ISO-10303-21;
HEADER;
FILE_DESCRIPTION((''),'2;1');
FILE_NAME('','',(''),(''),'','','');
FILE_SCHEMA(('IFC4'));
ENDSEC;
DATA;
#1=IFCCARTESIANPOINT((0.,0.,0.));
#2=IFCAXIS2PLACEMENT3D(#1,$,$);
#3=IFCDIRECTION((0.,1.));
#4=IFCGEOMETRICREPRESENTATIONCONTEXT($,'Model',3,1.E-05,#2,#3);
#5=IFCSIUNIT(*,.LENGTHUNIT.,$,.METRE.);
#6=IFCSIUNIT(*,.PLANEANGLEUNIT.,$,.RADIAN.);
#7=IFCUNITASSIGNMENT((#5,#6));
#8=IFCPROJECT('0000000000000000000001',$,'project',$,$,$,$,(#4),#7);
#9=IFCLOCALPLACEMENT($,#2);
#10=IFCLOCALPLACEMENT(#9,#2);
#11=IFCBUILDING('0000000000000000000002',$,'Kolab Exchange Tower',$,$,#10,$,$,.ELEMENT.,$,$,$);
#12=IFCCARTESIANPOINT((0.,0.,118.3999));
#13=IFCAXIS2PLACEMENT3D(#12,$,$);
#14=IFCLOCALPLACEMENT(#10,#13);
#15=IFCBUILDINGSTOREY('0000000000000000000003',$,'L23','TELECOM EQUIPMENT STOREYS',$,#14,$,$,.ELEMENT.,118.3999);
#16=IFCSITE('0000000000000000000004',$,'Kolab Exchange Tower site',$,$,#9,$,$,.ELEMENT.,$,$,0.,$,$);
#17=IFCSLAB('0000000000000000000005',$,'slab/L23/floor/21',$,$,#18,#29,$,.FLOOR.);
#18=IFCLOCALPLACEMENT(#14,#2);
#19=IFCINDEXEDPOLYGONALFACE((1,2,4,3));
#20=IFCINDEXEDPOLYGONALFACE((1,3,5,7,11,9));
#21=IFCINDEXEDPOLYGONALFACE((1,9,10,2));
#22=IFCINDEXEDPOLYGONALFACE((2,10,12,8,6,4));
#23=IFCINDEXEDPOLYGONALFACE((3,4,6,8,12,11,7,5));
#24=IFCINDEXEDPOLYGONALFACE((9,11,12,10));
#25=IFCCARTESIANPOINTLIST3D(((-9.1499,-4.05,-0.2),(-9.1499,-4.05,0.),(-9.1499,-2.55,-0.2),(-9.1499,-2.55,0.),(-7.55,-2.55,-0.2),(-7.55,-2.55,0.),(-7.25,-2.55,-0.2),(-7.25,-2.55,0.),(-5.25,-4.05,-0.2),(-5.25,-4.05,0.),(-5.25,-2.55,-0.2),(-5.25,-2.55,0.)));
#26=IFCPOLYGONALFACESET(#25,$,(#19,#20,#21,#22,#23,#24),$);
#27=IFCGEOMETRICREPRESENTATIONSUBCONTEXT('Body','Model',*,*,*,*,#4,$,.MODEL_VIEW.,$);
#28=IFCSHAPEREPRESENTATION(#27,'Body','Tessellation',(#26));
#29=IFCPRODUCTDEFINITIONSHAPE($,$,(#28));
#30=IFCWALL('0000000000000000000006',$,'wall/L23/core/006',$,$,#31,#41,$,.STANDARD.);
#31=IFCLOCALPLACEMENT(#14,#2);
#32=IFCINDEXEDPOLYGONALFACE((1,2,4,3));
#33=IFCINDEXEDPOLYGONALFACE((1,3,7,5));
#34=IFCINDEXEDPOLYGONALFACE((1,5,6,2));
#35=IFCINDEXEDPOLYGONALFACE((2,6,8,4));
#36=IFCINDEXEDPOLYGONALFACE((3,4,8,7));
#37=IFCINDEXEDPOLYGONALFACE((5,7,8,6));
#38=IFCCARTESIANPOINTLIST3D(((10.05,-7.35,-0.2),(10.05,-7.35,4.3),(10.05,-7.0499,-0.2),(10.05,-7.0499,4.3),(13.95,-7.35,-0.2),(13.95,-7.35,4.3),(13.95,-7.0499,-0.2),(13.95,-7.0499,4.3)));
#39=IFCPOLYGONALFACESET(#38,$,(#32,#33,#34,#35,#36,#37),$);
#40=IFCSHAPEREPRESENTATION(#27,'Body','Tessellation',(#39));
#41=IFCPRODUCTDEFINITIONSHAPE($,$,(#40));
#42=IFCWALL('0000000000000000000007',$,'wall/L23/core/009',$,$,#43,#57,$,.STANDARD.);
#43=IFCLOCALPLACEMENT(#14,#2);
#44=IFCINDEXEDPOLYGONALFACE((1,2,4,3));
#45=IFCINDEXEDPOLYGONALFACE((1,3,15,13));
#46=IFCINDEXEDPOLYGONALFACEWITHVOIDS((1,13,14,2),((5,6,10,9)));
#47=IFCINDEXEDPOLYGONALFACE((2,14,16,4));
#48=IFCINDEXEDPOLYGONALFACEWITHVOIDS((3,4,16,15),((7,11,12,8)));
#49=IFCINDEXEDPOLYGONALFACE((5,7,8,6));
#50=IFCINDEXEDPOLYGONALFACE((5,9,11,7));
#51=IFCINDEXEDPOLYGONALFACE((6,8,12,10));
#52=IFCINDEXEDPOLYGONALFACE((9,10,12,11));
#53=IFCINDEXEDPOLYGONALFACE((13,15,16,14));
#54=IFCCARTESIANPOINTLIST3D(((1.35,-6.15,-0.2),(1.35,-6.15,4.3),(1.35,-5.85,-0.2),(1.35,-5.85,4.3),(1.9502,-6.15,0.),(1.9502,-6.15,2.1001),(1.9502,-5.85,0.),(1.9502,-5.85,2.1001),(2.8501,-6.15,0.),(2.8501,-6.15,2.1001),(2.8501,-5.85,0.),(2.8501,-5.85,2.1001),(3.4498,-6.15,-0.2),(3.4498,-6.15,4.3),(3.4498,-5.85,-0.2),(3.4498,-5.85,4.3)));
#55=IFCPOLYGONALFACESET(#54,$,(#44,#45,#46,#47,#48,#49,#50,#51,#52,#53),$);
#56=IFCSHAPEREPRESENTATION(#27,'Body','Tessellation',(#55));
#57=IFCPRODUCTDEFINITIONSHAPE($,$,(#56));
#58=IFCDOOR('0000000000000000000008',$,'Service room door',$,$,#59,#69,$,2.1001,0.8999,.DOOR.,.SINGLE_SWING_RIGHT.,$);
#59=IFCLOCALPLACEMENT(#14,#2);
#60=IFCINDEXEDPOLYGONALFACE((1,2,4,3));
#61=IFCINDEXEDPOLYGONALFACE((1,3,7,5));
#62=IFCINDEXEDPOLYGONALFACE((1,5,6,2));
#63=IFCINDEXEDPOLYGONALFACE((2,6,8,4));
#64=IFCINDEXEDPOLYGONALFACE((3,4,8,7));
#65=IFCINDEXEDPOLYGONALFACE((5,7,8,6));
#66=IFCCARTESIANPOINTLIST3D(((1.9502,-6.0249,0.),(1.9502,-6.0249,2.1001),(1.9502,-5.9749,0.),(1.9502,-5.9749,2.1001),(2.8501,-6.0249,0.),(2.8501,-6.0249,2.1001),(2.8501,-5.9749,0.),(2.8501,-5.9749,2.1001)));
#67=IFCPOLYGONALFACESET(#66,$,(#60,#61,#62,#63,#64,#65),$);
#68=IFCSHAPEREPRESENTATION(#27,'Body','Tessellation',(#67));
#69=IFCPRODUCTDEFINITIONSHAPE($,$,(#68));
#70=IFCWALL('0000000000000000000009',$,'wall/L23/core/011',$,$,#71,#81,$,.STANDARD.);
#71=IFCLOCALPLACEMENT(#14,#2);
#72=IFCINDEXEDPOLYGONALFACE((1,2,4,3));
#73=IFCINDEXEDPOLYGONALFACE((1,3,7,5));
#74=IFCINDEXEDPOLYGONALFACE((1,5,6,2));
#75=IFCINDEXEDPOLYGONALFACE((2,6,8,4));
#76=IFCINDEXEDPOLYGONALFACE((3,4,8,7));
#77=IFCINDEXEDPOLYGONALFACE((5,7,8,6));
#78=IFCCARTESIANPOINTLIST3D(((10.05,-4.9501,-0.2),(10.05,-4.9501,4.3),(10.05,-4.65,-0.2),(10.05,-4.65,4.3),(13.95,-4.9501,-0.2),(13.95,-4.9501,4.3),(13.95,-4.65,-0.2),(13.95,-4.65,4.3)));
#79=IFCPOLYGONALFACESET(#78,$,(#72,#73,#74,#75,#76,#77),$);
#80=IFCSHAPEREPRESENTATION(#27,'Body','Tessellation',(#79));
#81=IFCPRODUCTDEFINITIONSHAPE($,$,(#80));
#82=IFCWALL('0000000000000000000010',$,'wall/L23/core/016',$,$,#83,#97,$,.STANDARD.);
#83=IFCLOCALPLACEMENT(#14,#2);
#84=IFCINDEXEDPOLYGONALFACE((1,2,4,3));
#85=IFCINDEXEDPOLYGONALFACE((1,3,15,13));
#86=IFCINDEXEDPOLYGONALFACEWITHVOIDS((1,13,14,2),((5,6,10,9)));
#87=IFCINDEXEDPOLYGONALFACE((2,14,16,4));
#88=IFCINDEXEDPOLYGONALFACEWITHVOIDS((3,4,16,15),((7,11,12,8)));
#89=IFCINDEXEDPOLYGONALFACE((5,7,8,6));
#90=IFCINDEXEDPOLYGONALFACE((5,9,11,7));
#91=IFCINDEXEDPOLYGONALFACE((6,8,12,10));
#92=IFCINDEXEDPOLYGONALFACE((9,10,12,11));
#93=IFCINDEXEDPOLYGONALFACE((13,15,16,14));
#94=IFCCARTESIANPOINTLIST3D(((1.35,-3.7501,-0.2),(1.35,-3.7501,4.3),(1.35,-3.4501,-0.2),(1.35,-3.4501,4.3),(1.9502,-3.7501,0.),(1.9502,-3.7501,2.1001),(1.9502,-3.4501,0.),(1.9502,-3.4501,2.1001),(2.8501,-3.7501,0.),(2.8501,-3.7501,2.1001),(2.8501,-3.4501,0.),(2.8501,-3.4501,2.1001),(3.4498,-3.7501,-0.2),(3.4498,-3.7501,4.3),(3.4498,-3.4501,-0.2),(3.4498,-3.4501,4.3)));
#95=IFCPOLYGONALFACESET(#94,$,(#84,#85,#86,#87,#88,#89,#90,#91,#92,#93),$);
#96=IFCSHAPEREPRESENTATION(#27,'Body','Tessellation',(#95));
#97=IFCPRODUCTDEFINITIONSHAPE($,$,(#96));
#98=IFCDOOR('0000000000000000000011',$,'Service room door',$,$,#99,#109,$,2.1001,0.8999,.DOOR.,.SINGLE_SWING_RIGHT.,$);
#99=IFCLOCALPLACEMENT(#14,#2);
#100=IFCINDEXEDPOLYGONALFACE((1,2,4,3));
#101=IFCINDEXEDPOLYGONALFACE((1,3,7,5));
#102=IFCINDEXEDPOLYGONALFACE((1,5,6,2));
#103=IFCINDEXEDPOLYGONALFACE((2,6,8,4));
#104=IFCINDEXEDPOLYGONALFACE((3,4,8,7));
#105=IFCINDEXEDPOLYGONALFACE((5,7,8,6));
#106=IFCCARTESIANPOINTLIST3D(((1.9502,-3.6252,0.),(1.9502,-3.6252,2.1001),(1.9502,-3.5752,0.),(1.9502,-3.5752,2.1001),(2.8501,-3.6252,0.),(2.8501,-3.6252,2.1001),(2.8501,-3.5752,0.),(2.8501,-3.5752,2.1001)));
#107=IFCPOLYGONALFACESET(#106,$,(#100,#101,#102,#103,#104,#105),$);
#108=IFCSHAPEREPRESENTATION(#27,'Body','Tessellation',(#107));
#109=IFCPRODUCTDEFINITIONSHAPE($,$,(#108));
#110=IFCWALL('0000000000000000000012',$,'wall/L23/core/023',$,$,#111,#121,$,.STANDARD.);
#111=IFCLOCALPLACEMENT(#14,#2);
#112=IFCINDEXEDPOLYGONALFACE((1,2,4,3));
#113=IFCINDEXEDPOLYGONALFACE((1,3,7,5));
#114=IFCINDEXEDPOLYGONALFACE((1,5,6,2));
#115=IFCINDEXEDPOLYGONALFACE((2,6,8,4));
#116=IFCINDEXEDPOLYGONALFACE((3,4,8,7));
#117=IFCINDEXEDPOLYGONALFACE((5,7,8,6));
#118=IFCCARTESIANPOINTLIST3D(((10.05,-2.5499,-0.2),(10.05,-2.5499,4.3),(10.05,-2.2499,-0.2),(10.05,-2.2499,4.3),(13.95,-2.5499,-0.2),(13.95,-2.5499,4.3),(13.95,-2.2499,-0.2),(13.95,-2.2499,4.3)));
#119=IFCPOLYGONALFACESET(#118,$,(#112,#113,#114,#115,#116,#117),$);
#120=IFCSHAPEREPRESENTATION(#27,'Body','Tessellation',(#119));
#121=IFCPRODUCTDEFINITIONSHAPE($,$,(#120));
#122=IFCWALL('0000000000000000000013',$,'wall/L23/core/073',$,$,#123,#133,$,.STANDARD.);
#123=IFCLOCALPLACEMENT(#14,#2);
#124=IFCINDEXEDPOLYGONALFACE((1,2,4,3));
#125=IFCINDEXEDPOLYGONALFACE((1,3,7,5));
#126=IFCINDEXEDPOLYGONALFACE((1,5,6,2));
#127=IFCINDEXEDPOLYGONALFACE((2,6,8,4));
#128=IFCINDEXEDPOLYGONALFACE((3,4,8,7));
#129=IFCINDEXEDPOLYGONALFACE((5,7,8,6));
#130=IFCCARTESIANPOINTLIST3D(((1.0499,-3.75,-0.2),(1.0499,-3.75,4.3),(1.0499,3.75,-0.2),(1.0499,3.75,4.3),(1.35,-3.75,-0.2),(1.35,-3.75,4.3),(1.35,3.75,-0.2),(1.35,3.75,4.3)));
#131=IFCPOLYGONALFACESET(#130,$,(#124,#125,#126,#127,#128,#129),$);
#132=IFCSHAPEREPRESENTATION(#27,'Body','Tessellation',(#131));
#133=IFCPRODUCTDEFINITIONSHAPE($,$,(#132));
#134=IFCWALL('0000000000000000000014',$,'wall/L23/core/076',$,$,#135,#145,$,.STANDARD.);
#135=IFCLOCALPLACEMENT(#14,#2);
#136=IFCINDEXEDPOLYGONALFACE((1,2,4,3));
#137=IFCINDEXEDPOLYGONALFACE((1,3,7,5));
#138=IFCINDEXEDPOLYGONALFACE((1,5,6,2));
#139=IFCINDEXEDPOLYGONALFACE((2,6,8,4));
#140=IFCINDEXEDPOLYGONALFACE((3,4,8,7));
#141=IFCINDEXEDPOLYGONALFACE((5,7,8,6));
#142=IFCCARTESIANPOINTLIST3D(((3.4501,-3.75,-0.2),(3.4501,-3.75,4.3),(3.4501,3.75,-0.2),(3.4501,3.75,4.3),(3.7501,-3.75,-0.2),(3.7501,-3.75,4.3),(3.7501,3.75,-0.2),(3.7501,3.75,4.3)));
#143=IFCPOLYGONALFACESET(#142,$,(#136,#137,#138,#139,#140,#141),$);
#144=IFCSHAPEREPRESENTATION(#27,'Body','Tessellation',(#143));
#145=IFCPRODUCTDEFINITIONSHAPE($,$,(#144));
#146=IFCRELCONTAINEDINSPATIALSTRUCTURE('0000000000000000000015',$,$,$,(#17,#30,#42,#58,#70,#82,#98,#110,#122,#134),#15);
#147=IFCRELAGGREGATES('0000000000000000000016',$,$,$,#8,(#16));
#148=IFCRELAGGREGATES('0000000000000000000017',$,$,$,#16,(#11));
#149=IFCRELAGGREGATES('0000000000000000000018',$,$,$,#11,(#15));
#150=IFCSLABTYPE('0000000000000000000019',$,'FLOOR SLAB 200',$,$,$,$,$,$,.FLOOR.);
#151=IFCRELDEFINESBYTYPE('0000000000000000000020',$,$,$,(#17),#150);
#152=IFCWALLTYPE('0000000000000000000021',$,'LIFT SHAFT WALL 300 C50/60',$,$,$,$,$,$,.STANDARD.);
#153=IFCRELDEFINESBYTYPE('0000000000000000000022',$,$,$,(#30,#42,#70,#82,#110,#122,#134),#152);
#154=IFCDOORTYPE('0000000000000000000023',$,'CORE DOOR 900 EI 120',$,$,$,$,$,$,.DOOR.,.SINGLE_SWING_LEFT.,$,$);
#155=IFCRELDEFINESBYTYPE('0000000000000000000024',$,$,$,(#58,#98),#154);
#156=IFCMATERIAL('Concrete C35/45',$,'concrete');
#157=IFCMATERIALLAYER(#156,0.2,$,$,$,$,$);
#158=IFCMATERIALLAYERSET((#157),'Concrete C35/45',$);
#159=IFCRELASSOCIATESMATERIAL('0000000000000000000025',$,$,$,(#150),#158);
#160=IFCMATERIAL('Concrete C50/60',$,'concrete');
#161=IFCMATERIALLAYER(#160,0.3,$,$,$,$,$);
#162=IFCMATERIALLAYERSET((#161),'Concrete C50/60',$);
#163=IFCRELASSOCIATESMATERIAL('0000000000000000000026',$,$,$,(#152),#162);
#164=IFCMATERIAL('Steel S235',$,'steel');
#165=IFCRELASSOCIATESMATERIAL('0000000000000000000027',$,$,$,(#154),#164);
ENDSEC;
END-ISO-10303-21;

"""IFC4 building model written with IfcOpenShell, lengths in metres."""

from ifc_helpers import new_model, si_unit, direction, frame, frame_2d, origin, place, context, subcontext, project, spatial, polyline, rectangle, outline, extrude, material, layer, layer_set, type_object, element, fill, save


model = new_model("IFC4")

# Units and contexts
model_context = context("Model", 3, precision=1e-05, world=origin(), true_north=direction((0.0, 1.0)))
body_context = subcontext(model_context, "Body", "Model", "MODEL_VIEW")
ifc_project = project(units=[si_unit("LENGTHUNIT", "METRE"), si_unit("PLANEANGLEUNIT", "RADIAN")], contexts=[model_context])

# Site, building, storey
site_placement = place(None, origin())
site = spatial("IfcSite", under=ifc_project, at=site_placement, Name="Kolab Exchange Tower site", CompositionType="ELEMENT", RefElevation=0.0)
building_placement = place(site_placement, origin())
building = spatial("IfcBuilding", under=site, at=building_placement, Name="Kolab Exchange Tower", CompositionType="ELEMENT")
storey_placement = place(building_placement, frame((0.0, 0.0, 118.3999)))
storey = spatial("IfcBuildingStorey", under=building, at=storey_placement, Name="L23", Description="TELECOM EQUIPMENT STOREYS", CompositionType="ELEMENT", Elevation=118.3999)

# Slab
ifc_material_1 = material(Name="Concrete C35/45", Category="concrete")
ifc_layer_1 = layer(ifc_material_1, 0.2)
ifc_layer_set_1 = layer_set([ifc_layer_1], Name="Concrete C35/45")
slab_type = type_object("IfcSlabType", Name="FLOOR SLAB 200", PredefinedType="FLOOR", material=ifc_layer_set_1)
slab_placement = place(storey_placement, frame((0.0, 0.0, -0.2)))
element("IfcSlab", 1, at=slab_placement, inside=storey, type_object=slab_type, Name="slab/L23/floor/21", PredefinedType="FLOOR", context=body_context, shape_type="SweptSolid", body=[
    extrude(outline(polyline([(-9.1499, -2.55), (-9.1499, -4.05), (-5.25, -4.05), (-5.25, -2.55), (-7.25, -2.55), (-7.55, -2.55), (-9.1499, -2.55)])), origin(), (0.0, 0.0, 1.0), 0.2),
])

# Wall
ifc_material_2 = material(Name="Concrete C50/60", Category="concrete")
ifc_layer_2 = layer(ifc_material_2, 0.3)
ifc_layer_set_2 = layer_set([ifc_layer_2], Name="Concrete C50/60")
wall_type_1 = type_object("IfcWallType", Name="LIFT SHAFT WALL 300 C50/60", PredefinedType="STANDARD", material=ifc_layer_set_2)
wall_1_placement = place(storey_placement, frame((10.05, -7.2, -0.2), z_axis=(0.0, 0.0, 1.0), x_axis=(1.0, 0.0, 0.0)))
element("IfcWall", 2, at=wall_1_placement, inside=storey, type_object=wall_type_1, Name="wall/L23/core/006", PredefinedType="STANDARD", context=body_context, shape_type="SweptSolid", body=[
    extrude(rectangle(XDim=3.8999, YDim=0.3, at=frame_2d((1.95, 0.0))), origin(), (0.0, 0.0, 1.0), 4.5),
])

# Wall, opening, door
wall_2_placement = place(storey_placement, frame((1.3501, -6.0, -0.2), z_axis=(0.0, 0.0, 1.0), x_axis=(1.0, 0.0, 0.0)))
wall_2 = element("IfcWall", 3, at=wall_2_placement, inside=storey, type_object=wall_type_1, Name="wall/L23/core/009", PredefinedType="STANDARD", context=body_context, shape_type="SweptSolid", body=[
    extrude(rectangle(XDim=2.0999, YDim=0.3, at=frame_2d((1.0498, 0.0))), origin(), (0.0, 0.0, 1.0), 4.5),
])
opening_1_placement = place(wall_2_placement, frame((0.6001, 0.0, 0.2)))
opening_1 = element("IfcOpeningElement", 4, at=opening_1_placement, cuts=wall_2, PredefinedType="OPENING", context=body_context, shape_type="SweptSolid", body=[
    extrude(rectangle(XDim=0.8999, YDim=2.1001, at=frame_2d((0.45, 1.05))), frame((0.0, 0.1602, 0.0), z_axis=(0.0, -1.0, 0.0), x_axis=(1.0, 0.0, 0.0)), (0.0, 0.0, 1.0), 0.3201),
])
ifc_material_3 = material(Name="Steel S235", Category="steel")
door_type_1 = type_object("IfcDoorType", Name="CORE DOOR 900 EI 120", OperationType="SINGLE_SWING_LEFT", PredefinedType="DOOR", material=ifc_material_3)
door_1_placement = place(opening_1_placement, frame((0.8999, 0.0, 0.0), z_axis=(0.0, 0.0, 1.0), x_axis=(-1.0, 0.0, 0.0)))
door_1 = element("IfcDoor", 5, at=door_1_placement, inside=storey, type_object=door_type_1, Name="Service room door", OperationType="SINGLE_SWING_RIGHT", OverallHeight=2.1001, OverallWidth=0.8999, PredefinedType="DOOR", context=body_context, shape_type="SweptSolid", body=[
    extrude(rectangle(XDim=0.8999, YDim=2.1001, at=frame_2d((0.45, 1.05))), frame((0.0, 0.0249, 0.0), z_axis=(0.0, -1.0, 0.0), x_axis=(1.0, 0.0, 0.0)), (0.0, 0.0, 1.0), 0.05),
])
fill(opening_1, door_1)

# Wall
wall_3_placement = place(storey_placement, frame((10.05, -4.8, -0.2), z_axis=(0.0, 0.0, 1.0), x_axis=(1.0, 0.0, 0.0)))
element("IfcWall", 6, at=wall_3_placement, inside=storey, type_object=wall_type_1, Name="wall/L23/core/011", PredefinedType="STANDARD", context=body_context, shape_type="SweptSolid", body=[
    extrude(rectangle(XDim=3.8999, YDim=0.3, at=frame_2d((1.95, 0.0))), origin(), (0.0, 0.0, 1.0), 4.5),
])

# Wall, opening, door
wall_4_placement = place(storey_placement, frame((1.3501, -3.6001, -0.2), z_axis=(0.0, 0.0, 1.0), x_axis=(1.0, 0.0, 0.0)))
wall_4 = element("IfcWall", 7, at=wall_4_placement, inside=storey, type_object=wall_type_1, Name="wall/L23/core/016", PredefinedType="STANDARD", context=body_context, shape_type="SweptSolid", body=[
    extrude(rectangle(XDim=2.0999, YDim=0.3, at=frame_2d((1.0498, 0.0))), origin(), (0.0, 0.0, 1.0), 4.5),
])
opening_2_placement = place(wall_4_placement, frame((0.6001, 0.0, 0.2)))
opening_2 = element("IfcOpeningElement", 8, at=opening_2_placement, cuts=wall_4, PredefinedType="OPENING", context=body_context, shape_type="SweptSolid", body=[
    extrude(rectangle(XDim=0.8999, YDim=2.1001, at=frame_2d((0.45, 1.05))), frame((0.0, 0.1602, 0.0), z_axis=(0.0, -1.0, 0.0), x_axis=(1.0, 0.0, 0.0)), (0.0, 0.0, 1.0), 0.3201),
])
door_2_placement = place(opening_2_placement, origin())
door_2 = element("IfcDoor", 9, at=door_2_placement, inside=storey, type_object=door_type_1, Name="Service room door", OperationType="SINGLE_SWING_RIGHT", OverallHeight=2.1001, OverallWidth=0.8999, PredefinedType="DOOR", context=body_context, shape_type="SweptSolid", body=[
    extrude(rectangle(XDim=0.8999, YDim=2.1001, at=frame_2d((0.45, 1.05))), frame((0.0, 0.0249, 0.0), z_axis=(0.0, -1.0, 0.0), x_axis=(1.0, 0.0, 0.0)), (0.0, 0.0, 1.0), 0.05),
])
fill(opening_2, door_2)

# Walls
wall_5_placement = place(storey_placement, frame((10.05, -2.3999, -0.2), z_axis=(0.0, 0.0, 1.0), x_axis=(1.0, 0.0, 0.0)))
element("IfcWall", 10, at=wall_5_placement, inside=storey, type_object=wall_type_1, Name="wall/L23/core/023", PredefinedType="STANDARD", context=body_context, shape_type="SweptSolid", body=[
    extrude(rectangle(XDim=3.8999, YDim=0.3, at=frame_2d((1.95, 0.0))), origin(), (0.0, 0.0, 1.0), 4.5),
])
for number, where, z_axis, x_axis, name in (
    (11, (1.2, -3.75, -0.2), (0.0, 0.0, 1.0), (0.0, 1.0, 0.0), "wall/L23/core/073"),
    (12, (3.6001, -3.75, -0.2), (0.0, 0.0, 1.0), (0.0, 1.0, 0.0), "wall/L23/core/076"),
):
    element("IfcWall", number, at=place(storey_placement, frame(where, z_axis=z_axis, x_axis=x_axis)), inside=storey, type_object=wall_type_1, Name=name, PredefinedType="STANDARD", context=body_context, shape_type="SweptSolid", body=[
        extrude(rectangle(XDim=7.5, YDim=0.3, at=frame_2d((3.75, 0.0))), origin(), (0.0, 0.0, 1.0), 4.5),
    ])

save(model, "model.ifc")
